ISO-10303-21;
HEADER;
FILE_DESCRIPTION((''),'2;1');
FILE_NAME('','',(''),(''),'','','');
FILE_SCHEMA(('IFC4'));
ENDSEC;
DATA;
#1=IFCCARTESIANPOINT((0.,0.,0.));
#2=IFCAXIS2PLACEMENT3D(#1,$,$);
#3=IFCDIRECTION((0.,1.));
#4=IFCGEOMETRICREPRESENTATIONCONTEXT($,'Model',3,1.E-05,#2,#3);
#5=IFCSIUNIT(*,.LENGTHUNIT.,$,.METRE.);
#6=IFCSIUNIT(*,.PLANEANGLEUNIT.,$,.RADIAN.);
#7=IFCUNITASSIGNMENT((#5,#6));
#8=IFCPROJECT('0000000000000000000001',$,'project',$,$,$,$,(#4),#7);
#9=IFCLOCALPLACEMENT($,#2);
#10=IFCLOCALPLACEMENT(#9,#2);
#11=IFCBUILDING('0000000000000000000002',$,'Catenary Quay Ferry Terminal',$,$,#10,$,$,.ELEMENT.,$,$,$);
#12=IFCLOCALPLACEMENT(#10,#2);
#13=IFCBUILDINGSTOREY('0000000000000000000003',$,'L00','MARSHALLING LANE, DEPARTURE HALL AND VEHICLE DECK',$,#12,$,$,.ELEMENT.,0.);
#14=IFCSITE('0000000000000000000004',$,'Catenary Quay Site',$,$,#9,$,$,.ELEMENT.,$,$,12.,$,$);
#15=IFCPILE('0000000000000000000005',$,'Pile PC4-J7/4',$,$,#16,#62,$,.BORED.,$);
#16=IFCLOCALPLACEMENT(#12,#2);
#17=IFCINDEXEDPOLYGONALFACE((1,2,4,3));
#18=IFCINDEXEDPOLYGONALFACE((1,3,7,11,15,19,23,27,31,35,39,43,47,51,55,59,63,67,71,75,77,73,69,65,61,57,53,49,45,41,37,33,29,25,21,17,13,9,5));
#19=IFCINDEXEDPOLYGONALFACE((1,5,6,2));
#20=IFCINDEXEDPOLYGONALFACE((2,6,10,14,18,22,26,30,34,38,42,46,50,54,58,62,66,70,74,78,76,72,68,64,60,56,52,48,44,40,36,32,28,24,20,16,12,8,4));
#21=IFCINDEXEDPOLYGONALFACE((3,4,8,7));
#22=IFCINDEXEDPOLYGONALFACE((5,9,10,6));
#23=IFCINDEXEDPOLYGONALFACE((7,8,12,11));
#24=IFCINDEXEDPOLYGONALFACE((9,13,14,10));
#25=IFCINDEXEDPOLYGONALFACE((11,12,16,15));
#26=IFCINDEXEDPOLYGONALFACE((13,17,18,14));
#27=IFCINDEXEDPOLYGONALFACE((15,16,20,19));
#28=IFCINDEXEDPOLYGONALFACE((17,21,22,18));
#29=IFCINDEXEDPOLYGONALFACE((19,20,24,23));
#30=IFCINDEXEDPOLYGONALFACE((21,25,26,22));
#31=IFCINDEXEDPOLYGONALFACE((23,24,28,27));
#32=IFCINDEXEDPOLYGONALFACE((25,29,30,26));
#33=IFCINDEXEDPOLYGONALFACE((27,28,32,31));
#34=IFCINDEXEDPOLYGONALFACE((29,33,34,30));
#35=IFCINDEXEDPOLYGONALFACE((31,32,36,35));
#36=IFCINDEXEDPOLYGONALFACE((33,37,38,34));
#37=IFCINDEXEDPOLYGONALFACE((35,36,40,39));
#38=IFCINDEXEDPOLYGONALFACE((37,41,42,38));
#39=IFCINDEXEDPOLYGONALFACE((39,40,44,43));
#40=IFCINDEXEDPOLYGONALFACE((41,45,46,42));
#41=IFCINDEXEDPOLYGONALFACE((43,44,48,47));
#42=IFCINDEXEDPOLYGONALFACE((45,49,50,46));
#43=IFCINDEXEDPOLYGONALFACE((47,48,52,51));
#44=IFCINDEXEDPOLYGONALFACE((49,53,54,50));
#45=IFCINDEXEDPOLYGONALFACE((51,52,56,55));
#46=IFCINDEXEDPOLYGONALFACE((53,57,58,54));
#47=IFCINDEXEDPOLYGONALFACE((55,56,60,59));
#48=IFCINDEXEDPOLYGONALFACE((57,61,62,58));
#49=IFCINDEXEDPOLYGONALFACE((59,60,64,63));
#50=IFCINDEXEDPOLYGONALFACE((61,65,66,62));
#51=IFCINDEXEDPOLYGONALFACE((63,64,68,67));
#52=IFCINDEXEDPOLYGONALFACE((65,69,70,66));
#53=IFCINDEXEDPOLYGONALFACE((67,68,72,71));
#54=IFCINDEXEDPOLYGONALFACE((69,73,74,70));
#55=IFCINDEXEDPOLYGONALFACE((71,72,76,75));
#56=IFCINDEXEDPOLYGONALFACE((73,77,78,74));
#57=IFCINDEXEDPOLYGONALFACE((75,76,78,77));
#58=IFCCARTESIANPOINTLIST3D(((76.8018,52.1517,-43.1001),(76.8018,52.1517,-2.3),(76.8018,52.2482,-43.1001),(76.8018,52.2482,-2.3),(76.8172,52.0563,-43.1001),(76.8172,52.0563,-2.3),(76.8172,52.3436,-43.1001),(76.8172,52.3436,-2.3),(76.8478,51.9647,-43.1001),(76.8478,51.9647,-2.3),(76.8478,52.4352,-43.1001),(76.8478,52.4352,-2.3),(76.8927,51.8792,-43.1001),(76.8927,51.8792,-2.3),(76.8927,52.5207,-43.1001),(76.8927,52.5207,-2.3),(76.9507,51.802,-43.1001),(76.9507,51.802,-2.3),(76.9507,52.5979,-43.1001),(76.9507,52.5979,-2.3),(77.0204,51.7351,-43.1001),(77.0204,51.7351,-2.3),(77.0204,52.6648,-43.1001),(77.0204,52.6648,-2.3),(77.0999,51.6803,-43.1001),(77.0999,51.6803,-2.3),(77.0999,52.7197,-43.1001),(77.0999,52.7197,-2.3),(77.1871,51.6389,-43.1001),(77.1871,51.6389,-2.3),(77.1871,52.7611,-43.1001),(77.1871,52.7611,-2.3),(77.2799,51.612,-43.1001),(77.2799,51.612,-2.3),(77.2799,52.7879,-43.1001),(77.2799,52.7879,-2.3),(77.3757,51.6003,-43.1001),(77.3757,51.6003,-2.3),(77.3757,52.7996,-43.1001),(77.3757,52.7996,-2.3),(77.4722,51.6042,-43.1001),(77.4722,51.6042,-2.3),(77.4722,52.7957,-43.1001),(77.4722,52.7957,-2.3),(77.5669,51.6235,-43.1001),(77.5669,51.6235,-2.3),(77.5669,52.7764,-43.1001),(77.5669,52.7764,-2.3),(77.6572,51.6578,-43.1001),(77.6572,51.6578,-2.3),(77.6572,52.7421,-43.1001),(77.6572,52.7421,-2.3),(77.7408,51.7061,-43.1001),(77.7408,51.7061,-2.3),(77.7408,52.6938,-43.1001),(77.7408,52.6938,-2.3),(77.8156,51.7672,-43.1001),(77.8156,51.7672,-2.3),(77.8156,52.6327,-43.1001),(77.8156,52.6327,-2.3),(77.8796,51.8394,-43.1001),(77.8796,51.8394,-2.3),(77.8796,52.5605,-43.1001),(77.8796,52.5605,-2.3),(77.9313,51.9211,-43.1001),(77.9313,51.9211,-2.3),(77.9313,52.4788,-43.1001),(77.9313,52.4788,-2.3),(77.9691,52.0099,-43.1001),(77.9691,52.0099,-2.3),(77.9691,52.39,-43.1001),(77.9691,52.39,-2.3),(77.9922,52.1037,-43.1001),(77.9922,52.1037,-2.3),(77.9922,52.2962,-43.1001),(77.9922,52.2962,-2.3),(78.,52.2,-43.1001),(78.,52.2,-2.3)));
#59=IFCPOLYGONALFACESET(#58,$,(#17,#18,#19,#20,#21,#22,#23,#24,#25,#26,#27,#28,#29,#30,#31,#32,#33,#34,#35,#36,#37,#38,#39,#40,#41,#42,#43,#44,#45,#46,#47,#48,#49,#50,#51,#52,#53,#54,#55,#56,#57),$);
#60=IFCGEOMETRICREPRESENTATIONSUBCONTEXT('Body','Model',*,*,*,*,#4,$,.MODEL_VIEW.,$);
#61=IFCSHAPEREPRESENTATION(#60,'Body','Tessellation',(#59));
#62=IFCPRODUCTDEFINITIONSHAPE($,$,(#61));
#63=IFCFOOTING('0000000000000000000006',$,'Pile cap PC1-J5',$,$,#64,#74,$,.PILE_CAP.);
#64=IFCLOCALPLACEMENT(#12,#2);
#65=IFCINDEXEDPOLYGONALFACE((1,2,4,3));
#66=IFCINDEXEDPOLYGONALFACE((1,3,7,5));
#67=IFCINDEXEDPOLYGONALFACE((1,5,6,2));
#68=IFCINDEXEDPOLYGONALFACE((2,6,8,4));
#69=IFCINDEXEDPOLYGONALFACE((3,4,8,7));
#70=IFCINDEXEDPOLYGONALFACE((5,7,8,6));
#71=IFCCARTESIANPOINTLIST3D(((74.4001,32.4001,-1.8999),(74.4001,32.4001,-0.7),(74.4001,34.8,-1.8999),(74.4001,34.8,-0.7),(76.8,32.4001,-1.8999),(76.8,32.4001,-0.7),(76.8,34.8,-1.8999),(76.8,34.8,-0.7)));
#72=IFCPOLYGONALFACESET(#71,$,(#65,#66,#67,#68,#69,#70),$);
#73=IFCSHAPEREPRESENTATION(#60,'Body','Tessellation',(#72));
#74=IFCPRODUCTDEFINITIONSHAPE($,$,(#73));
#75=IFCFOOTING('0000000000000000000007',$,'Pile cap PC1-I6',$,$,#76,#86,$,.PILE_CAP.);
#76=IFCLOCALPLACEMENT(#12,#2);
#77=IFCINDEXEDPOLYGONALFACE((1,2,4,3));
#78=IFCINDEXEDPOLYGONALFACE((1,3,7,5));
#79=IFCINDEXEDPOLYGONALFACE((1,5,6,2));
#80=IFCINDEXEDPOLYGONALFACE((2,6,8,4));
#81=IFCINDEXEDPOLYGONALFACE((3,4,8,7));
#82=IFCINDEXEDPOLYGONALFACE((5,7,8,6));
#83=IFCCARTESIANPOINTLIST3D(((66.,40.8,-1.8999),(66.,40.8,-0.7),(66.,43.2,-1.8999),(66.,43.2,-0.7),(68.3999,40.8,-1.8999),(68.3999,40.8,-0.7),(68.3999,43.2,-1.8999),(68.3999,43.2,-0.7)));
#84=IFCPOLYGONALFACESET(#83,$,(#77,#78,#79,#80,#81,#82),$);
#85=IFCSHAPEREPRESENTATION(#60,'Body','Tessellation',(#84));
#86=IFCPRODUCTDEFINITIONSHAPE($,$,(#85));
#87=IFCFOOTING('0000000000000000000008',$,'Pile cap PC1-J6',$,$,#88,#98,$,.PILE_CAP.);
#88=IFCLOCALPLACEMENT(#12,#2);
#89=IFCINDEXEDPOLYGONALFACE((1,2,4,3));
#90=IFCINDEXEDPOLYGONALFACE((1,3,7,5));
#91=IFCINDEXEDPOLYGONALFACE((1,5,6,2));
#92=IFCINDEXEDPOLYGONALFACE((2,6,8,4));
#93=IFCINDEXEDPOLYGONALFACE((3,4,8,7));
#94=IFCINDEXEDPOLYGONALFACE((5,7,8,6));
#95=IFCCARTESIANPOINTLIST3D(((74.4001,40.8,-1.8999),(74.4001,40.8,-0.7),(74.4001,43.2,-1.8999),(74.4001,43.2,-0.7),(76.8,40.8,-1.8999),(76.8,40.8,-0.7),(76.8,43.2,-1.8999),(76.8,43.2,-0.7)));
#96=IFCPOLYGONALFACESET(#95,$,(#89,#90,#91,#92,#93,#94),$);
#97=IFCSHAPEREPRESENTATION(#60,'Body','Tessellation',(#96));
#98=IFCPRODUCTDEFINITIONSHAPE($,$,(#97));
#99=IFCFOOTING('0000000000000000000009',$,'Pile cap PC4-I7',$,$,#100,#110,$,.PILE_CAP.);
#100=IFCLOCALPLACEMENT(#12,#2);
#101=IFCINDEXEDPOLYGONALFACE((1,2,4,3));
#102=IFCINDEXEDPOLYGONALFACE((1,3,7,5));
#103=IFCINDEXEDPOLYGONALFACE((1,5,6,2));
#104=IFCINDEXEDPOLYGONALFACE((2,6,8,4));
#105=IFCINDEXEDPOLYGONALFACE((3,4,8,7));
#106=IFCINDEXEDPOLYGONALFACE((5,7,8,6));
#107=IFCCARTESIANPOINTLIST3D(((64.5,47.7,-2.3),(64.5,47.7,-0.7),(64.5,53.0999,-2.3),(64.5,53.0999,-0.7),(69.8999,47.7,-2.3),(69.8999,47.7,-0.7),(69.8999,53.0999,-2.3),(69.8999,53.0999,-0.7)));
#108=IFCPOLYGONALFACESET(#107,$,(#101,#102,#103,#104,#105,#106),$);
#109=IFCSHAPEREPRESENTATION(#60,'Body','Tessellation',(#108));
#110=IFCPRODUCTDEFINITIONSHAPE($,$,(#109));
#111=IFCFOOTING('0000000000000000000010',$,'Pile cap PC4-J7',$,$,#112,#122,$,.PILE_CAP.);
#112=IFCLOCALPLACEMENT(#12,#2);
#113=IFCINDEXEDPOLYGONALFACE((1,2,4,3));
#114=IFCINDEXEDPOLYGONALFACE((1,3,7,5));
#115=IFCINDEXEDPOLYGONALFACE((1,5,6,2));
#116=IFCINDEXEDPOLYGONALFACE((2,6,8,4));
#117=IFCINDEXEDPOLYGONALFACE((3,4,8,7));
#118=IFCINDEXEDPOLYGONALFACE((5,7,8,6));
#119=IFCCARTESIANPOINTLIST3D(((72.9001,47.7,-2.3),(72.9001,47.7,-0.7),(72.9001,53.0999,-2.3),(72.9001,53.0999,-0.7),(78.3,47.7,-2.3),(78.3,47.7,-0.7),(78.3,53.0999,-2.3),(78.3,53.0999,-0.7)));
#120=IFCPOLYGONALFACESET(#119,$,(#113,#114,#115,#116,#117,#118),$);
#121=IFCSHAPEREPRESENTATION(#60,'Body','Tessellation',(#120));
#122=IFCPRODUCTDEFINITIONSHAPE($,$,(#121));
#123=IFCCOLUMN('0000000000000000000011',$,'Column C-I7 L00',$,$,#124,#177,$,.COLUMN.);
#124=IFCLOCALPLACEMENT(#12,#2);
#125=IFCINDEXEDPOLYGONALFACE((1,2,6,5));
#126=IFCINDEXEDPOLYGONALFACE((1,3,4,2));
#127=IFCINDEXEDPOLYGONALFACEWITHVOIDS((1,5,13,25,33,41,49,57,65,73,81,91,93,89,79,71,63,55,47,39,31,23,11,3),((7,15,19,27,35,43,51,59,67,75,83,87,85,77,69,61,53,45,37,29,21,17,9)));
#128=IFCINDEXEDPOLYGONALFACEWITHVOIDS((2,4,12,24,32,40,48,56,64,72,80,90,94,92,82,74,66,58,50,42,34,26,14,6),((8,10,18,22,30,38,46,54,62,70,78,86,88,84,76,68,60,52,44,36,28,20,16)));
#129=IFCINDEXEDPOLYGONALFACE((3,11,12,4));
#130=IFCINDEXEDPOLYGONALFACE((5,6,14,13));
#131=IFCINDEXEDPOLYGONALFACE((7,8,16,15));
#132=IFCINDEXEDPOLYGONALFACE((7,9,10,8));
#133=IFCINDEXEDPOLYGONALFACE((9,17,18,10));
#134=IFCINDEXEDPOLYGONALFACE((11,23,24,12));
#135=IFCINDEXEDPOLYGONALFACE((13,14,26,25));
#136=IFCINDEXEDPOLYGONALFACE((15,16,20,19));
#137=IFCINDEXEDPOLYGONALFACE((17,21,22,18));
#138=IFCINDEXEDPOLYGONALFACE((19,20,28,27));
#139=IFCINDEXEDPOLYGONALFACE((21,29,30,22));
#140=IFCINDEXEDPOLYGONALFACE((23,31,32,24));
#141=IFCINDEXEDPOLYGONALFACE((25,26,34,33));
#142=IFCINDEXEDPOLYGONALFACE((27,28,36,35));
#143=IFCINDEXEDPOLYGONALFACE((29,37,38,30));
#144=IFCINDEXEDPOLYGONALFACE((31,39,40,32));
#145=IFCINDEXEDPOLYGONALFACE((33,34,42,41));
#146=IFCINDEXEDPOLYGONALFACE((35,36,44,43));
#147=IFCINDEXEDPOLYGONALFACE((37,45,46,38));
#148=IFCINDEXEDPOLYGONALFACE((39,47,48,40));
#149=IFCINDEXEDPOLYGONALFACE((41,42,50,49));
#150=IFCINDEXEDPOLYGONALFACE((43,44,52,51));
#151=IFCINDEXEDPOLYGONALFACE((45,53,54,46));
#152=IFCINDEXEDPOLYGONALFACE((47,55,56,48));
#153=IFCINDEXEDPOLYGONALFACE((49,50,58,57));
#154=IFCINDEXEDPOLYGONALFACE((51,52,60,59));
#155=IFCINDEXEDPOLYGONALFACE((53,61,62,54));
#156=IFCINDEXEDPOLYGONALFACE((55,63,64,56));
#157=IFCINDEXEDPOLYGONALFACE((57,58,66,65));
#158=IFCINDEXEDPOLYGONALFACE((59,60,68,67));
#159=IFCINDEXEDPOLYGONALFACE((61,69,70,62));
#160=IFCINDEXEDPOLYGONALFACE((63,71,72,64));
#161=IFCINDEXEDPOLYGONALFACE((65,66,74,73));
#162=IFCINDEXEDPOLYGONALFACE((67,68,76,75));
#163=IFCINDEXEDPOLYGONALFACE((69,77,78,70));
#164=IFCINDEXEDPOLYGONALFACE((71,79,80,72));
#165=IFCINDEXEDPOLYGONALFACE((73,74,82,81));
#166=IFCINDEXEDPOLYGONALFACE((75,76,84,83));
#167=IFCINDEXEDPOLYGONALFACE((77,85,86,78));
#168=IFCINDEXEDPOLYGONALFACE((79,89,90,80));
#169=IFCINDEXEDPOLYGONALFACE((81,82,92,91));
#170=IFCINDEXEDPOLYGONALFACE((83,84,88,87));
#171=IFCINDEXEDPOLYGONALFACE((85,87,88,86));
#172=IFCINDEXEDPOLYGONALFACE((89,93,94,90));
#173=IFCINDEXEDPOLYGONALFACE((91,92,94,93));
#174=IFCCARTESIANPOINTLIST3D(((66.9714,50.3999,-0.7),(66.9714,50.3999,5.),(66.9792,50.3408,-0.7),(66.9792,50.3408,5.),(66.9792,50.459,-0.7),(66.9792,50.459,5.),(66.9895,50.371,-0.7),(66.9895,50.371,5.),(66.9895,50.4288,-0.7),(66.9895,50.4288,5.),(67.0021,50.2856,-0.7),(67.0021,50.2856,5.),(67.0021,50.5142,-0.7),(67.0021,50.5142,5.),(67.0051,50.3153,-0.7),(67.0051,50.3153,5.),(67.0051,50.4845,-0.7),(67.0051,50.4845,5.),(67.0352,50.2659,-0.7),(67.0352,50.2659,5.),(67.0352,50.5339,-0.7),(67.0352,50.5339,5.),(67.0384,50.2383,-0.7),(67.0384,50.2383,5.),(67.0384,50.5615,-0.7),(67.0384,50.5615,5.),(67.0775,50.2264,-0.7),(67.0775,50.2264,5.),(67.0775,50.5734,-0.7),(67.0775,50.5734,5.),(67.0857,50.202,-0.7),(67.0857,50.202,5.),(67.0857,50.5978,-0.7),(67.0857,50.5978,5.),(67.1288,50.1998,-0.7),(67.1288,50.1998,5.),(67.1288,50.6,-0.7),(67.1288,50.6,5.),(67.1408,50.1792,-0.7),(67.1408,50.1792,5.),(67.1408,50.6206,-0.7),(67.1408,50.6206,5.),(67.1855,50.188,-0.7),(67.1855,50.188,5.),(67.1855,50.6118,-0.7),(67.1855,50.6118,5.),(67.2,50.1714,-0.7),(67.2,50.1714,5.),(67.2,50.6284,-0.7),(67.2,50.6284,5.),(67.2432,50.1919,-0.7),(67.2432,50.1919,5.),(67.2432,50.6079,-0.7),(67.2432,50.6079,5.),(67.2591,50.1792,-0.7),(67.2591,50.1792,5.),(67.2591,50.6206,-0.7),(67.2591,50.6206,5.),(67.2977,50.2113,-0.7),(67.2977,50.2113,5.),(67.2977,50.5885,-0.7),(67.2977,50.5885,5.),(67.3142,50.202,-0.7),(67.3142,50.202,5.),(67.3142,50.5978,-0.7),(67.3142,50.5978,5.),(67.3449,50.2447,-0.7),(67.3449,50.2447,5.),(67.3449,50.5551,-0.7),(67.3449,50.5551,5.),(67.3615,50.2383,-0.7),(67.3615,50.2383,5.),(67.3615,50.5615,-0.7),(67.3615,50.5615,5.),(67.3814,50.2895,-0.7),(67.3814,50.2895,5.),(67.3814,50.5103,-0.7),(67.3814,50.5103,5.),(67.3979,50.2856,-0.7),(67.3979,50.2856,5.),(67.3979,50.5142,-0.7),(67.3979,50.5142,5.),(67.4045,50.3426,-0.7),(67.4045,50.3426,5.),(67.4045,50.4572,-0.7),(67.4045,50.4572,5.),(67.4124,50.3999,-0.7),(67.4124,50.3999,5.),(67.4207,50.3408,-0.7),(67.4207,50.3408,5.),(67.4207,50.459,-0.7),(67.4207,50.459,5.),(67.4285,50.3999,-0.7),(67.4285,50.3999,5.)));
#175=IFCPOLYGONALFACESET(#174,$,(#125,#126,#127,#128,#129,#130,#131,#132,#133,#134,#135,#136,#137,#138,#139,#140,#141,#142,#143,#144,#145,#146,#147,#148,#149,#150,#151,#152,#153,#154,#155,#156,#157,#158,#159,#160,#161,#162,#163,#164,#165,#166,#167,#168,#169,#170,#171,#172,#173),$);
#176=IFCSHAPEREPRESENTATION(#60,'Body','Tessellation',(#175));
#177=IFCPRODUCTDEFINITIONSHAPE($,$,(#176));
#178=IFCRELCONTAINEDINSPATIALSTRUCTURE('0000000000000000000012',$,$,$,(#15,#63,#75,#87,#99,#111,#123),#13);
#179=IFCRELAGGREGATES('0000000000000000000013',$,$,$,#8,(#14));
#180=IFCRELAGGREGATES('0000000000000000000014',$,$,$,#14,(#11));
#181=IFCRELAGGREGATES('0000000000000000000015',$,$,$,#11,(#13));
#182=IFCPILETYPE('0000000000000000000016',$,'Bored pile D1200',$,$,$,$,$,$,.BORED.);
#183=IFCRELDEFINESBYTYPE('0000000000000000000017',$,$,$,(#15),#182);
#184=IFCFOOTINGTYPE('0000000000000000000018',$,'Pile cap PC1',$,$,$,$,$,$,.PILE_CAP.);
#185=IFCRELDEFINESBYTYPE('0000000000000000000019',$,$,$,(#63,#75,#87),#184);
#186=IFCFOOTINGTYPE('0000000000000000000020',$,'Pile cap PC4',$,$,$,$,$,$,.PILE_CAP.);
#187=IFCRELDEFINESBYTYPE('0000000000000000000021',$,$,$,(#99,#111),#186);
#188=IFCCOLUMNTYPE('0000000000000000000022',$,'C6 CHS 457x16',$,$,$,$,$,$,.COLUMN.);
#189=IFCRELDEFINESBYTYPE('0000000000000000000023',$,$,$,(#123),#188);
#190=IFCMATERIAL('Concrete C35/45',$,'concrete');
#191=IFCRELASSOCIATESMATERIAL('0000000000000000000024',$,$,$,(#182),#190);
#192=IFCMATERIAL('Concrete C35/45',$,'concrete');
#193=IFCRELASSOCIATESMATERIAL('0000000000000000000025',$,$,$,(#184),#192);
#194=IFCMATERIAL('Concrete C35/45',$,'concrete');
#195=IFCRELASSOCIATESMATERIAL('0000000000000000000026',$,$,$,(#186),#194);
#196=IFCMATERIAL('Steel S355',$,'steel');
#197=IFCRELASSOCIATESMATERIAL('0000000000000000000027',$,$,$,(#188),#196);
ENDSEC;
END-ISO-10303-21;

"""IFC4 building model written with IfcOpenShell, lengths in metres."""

from ifc_helpers import new_model, si_unit, direction, frame, origin, origin_2d, place, context, subcontext, project, spatial, rectangle, circle, hollow_circle, extrude, material, material_profile, profile_set, type_object, element, save


model = new_model("IFC4")

# Units and contexts
model_context = context("Model", 3, precision=1e-05, world=origin(), true_north=direction((0.0, 1.0)))
body_context = subcontext(model_context, "Body", "Model", "MODEL_VIEW")
ifc_project = project(units=[si_unit("LENGTHUNIT", "METRE"), si_unit("PLANEANGLEUNIT", "RADIAN")], contexts=[model_context])

# Site, building, storey
site_placement = place(None, origin())
site = spatial("IfcSite", under=ifc_project, at=site_placement, Name="Catenary Quay Site", CompositionType="ELEMENT", RefElevation=12.0)
building_placement = place(site_placement, origin())
building = spatial("IfcBuilding", under=site, at=building_placement, Name="Catenary Quay Ferry Terminal", CompositionType="ELEMENT")
storey_placement = place(building_placement, origin())
storey = spatial("IfcBuildingStorey", under=building, at=storey_placement, Name="L00", Description="MARSHALLING LANE, DEPARTURE HALL AND VEHICLE DECK", CompositionType="ELEMENT", Elevation=0.0)

# Pile
ifc_material_1 = material(Name="Concrete C35/45", Category="concrete")
ifc_material_profile_1 = material_profile(ifc_material_1, circle(Radius=0.6001, at=origin_2d()), Name="D1200")
ifc_profile_set_1 = profile_set([ifc_material_profile_1], Name="Concrete C35/45")
pile_type = type_object("IfcPileType", Name="Bored pile D1200", PredefinedType="BORED", material=ifc_profile_set_1)
for number, where, z_axis, x_axis, name in (
    (1, (77.3999, 52.2, -2.3), (0.0, 0.0, -1.0), (1.0, 0.0, 0.0), "Pile PC4-J7/4"),
):
    element("IfcPile", number, at=place(storey_placement, frame(where, z_axis=z_axis, x_axis=x_axis)), inside=storey, type_object=pile_type, Name=name, PredefinedType="BORED", context=body_context, shape_type="SweptSolid", body=[
        extrude(circle(Radius=0.6001, at=origin_2d()), origin(), (0.0, 0.0, 1.0), 40.8),
    ])

# Footings
ifc_material_2 = material(Name="Concrete C35/45", Category="concrete")
footing_type_1 = type_object("IfcFootingType", Name="Pile cap PC1", PredefinedType="PILE_CAP", material=ifc_material_2)
for number, where, z_axis, x_axis, name in (
    (2, (75.6001, 33.6001, -1.8999), (0.0, 0.0, 1.0), (1.0, 0.0, 0.0), "Pile cap PC1-J5"),
    (3, (67.2, 42.0, -1.8999), (0.0, 0.0, 1.0), (1.0, 0.0, 0.0), "Pile cap PC1-I6"),
    (4, (75.6001, 42.0, -1.8999), (0.0, 0.0, 1.0), (1.0, 0.0, 0.0), "Pile cap PC1-J6"),
):
    element("IfcFooting", number, at=place(storey_placement, frame(where, z_axis=z_axis, x_axis=x_axis)), inside=storey, type_object=footing_type_1, Name=name, PredefinedType="PILE_CAP", context=body_context, shape_type="SweptSolid", body=[
        extrude(rectangle(XDim=2.3999, YDim=2.3999, at=origin_2d()), origin(), (0.0, 0.0, 1.0), 1.2),
    ])
ifc_material_3 = material(Name="Concrete C35/45", Category="concrete")
footing_type_2 = type_object("IfcFootingType", Name="Pile cap PC4", PredefinedType="PILE_CAP", material=ifc_material_3)
for number, where, z_axis, x_axis, name in (
    (5, (67.2, 50.3999, -2.3), (0.0, 0.0, 1.0), (1.0, 0.0, 0.0), "Pile cap PC4-I7"),
    (6, (75.6001, 50.3999, -2.3), (0.0, 0.0, 1.0), (1.0, 0.0, 0.0), "Pile cap PC4-J7"),
):
    element("IfcFooting", number, at=place(storey_placement, frame(where, z_axis=z_axis, x_axis=x_axis)), inside=storey, type_object=footing_type_2, Name=name, PredefinedType="PILE_CAP", context=body_context, shape_type="SweptSolid", body=[
        extrude(rectangle(XDim=5.3999, YDim=5.3999, at=origin_2d()), origin(), (0.0, 0.0, 1.0), 1.6001),
    ])

# Column
ifc_material_4 = material(Name="Steel S355", Category="steel")
ifc_material_profile_2 = material_profile(ifc_material_4, hollow_circle(Radius=0.2285, WallThickness=0.0161, at=origin_2d()), Name="CHS 457x16")
ifc_profile_set_2 = profile_set([ifc_material_profile_2], Name="Steel S355")
column_type = type_object("IfcColumnType", Name="C6 CHS 457x16", PredefinedType="COLUMN", material=ifc_profile_set_2)
for number, where, z_axis, x_axis, name in (
    (7, (67.2, 50.3999, -0.7), (0.0, 0.0, 1.0), (1.0, 0.0, 0.0), "Column C-I7 L00"),
):
    element("IfcColumn", number, at=place(storey_placement, frame(where, z_axis=z_axis, x_axis=x_axis)), inside=storey, type_object=column_type, Name=name, PredefinedType="COLUMN", context=body_context, shape_type="SweptSolid", body=[
        extrude(hollow_circle(Radius=0.2285, WallThickness=0.0161, at=origin_2d()), origin(), (0.0, 0.0, 1.0), 5.7),
    ])

save(model, "model.ifc")
